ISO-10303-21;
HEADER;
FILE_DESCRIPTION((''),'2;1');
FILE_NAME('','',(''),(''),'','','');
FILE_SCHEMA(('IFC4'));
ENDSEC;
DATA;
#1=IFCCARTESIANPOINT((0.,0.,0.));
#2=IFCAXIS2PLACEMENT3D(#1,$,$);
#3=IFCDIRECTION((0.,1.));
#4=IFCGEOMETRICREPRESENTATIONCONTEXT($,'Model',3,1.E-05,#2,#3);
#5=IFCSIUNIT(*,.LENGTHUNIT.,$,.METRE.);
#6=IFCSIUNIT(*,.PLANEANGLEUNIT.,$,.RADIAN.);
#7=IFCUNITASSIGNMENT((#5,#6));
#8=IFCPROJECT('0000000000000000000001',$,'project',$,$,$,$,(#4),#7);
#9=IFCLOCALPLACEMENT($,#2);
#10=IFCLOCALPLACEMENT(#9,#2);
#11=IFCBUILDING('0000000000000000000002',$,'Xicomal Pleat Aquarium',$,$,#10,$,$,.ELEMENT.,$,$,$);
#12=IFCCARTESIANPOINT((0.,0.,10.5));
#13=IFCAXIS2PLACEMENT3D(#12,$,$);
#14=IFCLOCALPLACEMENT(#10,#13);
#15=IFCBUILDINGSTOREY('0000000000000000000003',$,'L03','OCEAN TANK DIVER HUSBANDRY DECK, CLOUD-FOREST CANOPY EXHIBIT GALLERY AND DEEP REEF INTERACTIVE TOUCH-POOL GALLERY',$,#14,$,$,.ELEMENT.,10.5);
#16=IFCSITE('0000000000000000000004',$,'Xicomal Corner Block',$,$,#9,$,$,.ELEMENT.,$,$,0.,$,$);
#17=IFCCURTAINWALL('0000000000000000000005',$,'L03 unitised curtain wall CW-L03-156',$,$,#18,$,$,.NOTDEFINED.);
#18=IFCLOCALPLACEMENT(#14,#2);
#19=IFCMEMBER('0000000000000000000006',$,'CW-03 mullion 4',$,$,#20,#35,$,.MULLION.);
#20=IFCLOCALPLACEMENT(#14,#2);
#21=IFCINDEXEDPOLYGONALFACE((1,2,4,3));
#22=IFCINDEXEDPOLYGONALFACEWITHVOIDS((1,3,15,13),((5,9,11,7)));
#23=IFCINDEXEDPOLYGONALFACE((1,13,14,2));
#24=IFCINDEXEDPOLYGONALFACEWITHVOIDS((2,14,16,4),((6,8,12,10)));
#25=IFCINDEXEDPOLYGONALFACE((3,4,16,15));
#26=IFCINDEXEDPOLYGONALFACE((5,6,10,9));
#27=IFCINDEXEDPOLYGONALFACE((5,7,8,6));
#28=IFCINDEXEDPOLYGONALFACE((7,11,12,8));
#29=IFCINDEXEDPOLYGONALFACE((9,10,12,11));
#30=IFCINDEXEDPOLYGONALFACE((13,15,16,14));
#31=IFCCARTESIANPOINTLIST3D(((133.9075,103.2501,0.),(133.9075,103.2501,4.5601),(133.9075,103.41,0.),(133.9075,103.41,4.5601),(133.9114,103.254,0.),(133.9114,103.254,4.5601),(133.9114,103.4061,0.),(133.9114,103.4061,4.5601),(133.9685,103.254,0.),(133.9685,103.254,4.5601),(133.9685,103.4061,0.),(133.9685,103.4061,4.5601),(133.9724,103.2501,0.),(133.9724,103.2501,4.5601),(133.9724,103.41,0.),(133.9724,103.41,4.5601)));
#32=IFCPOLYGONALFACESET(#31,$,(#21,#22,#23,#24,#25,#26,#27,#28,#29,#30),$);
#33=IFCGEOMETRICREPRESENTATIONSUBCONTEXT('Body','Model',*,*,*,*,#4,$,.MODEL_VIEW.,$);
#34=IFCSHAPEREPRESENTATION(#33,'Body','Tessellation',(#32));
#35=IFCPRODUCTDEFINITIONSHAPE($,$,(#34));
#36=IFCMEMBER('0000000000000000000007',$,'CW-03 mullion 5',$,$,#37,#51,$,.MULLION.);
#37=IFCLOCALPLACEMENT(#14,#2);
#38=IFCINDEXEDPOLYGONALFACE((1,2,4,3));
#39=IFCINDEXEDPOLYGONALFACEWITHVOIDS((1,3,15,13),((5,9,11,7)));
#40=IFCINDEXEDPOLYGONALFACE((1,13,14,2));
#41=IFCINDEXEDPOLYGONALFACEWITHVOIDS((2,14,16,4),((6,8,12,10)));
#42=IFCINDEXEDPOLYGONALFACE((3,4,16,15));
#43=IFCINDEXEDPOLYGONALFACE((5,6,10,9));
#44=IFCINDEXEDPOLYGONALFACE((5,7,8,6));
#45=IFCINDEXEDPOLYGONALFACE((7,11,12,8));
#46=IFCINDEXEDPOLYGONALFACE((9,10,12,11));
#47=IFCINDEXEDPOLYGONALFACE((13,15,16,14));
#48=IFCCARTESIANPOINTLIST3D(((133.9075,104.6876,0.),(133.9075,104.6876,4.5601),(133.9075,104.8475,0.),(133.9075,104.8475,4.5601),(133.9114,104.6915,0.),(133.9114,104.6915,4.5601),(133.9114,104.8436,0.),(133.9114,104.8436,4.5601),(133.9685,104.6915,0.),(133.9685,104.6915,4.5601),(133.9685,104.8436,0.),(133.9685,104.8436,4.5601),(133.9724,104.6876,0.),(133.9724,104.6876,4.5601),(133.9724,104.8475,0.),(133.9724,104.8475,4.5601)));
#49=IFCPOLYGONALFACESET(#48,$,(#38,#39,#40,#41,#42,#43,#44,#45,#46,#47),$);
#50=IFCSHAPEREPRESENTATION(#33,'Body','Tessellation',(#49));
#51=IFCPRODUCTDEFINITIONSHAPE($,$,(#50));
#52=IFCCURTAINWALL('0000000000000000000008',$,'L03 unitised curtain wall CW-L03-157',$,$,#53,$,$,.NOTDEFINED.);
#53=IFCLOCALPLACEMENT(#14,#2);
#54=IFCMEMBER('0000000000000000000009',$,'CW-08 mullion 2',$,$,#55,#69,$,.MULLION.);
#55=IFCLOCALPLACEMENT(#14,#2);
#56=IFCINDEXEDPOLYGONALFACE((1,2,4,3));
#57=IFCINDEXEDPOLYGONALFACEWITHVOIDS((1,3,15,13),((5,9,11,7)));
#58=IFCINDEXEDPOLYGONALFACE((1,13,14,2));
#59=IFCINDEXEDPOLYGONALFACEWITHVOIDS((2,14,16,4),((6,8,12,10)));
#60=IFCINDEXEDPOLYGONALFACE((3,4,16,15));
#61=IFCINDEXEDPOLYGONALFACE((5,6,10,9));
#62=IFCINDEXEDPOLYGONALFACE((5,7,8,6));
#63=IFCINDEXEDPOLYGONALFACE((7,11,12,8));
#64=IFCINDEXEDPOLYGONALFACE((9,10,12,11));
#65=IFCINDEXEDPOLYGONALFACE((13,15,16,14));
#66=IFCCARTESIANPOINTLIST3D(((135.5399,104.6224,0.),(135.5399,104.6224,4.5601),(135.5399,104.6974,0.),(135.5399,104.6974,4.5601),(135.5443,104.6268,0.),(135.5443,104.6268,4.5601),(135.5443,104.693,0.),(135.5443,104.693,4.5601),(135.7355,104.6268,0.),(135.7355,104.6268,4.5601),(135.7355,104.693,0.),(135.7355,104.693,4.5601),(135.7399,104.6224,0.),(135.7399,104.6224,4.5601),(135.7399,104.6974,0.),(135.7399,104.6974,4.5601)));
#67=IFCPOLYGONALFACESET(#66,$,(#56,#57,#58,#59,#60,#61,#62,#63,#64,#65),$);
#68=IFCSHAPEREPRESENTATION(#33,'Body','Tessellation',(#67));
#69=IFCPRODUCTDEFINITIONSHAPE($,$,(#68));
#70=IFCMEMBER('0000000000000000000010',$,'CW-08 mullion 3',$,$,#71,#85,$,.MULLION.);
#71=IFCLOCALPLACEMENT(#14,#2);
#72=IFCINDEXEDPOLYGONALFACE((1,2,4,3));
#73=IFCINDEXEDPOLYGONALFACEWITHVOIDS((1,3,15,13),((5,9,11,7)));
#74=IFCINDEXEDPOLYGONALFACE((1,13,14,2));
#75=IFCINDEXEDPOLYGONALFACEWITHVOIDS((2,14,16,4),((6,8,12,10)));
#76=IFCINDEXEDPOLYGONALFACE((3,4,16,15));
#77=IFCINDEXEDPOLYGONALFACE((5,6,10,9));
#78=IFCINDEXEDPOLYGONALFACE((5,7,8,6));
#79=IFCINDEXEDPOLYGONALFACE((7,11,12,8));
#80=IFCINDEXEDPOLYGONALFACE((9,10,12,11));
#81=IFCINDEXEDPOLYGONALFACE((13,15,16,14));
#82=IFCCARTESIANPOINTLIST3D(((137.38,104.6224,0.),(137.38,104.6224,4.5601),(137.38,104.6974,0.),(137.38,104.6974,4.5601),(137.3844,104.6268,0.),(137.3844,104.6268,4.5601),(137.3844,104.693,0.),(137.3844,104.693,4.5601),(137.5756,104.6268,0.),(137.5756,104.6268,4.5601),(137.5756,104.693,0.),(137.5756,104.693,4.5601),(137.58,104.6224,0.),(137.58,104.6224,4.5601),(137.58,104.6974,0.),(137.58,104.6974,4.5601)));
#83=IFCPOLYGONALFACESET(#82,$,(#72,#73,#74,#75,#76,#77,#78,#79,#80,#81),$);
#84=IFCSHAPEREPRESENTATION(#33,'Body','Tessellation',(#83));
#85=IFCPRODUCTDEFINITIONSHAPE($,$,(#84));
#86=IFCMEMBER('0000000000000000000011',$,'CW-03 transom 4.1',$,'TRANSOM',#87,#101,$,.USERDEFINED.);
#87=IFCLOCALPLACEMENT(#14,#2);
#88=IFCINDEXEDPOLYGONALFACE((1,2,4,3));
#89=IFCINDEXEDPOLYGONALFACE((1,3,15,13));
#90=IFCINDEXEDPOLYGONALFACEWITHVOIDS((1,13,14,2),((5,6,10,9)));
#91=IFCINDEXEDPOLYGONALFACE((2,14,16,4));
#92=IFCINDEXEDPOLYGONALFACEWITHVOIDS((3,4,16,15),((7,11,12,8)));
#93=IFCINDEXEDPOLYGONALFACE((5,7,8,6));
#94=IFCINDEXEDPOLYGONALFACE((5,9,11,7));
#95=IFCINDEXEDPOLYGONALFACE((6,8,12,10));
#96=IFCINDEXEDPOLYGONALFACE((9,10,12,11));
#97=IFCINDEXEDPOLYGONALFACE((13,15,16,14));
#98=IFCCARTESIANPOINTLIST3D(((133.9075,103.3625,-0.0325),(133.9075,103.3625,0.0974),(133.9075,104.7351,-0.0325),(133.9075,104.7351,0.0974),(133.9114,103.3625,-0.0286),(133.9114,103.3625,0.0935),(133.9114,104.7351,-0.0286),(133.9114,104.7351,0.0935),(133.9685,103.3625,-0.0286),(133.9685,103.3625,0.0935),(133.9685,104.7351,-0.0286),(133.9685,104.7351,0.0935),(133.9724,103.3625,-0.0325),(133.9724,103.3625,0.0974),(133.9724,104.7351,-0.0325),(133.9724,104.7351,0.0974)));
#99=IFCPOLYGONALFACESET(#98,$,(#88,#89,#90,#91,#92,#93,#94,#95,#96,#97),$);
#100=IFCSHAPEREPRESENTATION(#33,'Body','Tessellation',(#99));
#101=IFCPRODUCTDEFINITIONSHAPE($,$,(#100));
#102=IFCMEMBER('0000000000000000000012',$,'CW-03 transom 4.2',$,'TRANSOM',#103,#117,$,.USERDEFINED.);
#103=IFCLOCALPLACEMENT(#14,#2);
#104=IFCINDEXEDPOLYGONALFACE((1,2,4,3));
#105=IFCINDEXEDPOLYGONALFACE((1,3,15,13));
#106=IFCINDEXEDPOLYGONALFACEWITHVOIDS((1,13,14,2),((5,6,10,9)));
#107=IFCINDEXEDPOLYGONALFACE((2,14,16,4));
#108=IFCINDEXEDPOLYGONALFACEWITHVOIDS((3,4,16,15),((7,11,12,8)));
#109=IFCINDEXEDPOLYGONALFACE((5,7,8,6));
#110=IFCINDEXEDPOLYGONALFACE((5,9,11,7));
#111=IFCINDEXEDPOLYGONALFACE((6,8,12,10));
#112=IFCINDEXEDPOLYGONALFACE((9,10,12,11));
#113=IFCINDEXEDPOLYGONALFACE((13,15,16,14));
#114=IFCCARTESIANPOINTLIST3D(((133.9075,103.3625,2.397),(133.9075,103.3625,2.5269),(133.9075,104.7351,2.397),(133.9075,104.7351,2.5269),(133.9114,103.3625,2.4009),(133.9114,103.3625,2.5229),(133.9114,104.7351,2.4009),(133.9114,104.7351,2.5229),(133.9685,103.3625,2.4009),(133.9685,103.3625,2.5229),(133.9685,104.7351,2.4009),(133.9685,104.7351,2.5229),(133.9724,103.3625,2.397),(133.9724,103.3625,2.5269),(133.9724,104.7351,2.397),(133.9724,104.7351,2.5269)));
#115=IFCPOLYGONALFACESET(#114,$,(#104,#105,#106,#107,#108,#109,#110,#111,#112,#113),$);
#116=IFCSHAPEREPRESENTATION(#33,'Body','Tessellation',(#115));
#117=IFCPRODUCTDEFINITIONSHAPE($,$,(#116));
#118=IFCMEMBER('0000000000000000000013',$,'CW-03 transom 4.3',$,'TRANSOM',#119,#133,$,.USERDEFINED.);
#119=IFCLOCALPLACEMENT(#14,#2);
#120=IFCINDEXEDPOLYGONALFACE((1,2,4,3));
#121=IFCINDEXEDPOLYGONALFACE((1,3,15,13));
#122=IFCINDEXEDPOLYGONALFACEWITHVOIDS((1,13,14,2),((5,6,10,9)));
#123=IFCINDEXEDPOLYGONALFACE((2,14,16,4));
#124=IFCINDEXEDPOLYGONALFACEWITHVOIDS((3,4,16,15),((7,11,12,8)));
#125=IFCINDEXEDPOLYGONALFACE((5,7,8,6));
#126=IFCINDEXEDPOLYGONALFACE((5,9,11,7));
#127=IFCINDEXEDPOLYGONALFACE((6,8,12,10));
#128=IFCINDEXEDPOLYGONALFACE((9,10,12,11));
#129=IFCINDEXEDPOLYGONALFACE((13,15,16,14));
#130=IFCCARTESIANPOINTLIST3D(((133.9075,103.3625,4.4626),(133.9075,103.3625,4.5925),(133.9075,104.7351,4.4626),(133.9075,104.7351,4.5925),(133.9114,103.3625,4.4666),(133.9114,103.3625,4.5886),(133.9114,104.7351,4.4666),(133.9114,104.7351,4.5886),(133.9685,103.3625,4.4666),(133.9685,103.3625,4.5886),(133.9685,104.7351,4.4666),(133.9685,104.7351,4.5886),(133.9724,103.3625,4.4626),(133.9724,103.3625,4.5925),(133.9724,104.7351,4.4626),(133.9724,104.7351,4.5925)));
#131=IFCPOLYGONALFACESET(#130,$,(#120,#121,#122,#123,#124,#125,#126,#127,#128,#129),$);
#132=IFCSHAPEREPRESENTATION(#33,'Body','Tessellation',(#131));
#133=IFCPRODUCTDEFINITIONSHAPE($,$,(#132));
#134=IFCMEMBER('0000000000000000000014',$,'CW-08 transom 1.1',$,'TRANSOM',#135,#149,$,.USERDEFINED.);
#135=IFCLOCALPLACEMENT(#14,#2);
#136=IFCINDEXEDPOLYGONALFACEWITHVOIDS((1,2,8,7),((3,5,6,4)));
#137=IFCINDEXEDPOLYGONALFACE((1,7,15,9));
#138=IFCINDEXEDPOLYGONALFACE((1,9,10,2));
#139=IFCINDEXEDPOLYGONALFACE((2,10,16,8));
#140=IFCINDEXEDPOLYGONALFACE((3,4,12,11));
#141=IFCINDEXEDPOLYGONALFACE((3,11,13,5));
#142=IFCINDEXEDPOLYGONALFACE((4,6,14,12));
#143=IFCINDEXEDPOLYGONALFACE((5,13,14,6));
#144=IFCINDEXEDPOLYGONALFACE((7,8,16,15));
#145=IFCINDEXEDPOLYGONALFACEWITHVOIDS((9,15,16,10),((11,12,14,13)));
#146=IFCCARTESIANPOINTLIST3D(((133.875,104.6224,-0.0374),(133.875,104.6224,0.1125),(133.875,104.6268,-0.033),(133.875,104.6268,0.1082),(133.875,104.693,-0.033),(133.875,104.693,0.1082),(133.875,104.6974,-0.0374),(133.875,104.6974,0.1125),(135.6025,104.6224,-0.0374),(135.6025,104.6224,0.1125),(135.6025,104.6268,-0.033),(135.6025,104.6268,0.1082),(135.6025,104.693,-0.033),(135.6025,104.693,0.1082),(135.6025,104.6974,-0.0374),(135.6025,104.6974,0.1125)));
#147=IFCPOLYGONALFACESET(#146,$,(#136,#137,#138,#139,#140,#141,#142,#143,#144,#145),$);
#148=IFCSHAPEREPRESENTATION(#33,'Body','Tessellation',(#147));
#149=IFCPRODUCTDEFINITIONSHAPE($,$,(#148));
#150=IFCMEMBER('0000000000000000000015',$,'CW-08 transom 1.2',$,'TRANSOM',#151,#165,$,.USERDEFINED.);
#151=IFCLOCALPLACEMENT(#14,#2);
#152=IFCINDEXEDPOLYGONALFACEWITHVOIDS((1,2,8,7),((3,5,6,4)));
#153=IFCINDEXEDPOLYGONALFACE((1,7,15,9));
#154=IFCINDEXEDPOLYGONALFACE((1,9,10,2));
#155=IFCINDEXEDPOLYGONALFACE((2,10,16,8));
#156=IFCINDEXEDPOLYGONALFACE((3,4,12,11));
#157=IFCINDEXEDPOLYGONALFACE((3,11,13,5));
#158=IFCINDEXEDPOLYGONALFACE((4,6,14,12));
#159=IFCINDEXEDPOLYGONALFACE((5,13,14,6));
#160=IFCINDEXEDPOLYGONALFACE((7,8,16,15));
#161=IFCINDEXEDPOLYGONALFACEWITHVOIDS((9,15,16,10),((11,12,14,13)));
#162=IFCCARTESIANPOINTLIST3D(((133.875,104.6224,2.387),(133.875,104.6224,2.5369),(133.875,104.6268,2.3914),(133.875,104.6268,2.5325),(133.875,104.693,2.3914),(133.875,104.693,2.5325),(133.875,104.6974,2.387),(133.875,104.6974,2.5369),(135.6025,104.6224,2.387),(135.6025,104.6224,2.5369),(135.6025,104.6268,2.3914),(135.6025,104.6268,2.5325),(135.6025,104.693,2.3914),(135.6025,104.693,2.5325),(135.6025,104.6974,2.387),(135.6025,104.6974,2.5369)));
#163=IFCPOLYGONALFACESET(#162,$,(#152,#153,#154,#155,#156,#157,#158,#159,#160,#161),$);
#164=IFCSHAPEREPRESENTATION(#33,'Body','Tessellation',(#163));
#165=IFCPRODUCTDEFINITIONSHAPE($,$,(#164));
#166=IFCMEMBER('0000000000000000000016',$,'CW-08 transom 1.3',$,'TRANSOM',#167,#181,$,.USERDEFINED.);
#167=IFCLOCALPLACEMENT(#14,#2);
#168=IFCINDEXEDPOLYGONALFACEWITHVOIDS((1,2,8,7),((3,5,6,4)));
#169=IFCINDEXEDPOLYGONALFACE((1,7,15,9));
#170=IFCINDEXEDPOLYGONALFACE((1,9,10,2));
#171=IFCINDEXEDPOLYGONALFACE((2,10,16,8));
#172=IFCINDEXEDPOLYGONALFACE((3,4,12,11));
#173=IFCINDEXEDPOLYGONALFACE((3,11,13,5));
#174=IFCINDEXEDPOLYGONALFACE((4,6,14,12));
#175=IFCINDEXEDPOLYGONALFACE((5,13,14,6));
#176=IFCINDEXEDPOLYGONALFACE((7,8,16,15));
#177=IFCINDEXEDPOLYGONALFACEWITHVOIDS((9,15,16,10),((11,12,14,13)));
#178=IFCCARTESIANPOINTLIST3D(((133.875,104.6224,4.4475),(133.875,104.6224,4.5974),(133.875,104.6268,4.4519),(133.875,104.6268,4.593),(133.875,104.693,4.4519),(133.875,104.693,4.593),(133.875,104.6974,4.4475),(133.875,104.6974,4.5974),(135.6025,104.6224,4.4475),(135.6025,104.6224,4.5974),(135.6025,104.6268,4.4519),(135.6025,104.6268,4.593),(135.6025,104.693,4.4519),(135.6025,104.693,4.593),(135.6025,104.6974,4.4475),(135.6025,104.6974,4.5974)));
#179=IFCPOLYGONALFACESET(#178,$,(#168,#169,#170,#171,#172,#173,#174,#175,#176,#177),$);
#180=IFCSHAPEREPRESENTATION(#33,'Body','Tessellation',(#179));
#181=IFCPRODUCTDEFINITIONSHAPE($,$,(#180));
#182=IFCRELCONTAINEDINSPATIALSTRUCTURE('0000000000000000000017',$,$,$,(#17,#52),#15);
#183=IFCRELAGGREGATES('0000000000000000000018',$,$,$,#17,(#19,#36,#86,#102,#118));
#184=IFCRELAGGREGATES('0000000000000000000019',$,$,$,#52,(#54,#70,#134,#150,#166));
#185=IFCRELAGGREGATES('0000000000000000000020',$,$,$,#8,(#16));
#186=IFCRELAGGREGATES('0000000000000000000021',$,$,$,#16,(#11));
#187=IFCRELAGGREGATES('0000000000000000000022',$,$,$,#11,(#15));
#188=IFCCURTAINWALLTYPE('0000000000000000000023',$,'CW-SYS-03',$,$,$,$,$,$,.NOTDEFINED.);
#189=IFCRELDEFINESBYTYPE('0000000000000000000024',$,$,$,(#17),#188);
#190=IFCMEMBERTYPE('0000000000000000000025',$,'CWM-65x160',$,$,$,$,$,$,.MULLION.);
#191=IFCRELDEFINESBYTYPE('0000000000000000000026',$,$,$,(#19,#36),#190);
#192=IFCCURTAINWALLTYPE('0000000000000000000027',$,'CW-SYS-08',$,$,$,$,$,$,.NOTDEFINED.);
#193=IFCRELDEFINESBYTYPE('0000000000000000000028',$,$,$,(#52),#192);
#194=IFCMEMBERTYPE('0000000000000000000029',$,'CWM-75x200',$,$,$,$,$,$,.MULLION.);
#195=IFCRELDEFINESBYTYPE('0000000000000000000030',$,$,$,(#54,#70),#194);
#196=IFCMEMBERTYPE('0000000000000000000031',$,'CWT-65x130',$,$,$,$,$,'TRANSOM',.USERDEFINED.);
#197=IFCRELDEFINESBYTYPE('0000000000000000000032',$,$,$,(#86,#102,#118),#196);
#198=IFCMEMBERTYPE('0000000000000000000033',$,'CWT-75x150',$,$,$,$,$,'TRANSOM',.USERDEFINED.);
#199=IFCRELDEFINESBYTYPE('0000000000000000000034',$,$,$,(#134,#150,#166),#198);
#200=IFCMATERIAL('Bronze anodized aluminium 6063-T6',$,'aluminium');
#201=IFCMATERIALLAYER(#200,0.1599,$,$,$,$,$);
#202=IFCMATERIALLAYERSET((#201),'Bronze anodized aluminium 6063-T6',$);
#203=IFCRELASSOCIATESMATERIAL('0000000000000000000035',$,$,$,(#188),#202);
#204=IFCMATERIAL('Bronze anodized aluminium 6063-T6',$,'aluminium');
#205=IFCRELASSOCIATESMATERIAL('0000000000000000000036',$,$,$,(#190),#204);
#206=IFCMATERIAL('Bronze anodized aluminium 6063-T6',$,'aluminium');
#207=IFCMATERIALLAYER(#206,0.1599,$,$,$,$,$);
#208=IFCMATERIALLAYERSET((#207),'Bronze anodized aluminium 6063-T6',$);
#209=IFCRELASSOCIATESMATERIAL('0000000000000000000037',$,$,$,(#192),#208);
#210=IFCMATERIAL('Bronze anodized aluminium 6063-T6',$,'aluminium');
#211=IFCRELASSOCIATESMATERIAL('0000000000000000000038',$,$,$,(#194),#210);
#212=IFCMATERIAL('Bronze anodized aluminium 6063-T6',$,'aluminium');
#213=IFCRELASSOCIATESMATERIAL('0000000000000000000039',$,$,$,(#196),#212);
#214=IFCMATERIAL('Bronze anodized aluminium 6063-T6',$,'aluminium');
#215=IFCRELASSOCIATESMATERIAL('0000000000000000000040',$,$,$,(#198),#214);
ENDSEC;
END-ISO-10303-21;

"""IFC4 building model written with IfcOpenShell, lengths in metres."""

from ifc_helpers import new_model, si_unit, direction, frame, origin, origin_2d, place, context, subcontext, project, spatial, hollow_rectangle, extrude, material, layer, layer_set, material_profile, profile_set, type_object, element, aggregate, save


model = new_model("IFC4")

# Units and contexts
model_context = context("Model", 3, precision=1e-05, world=origin(), true_north=direction((0.0, 1.0)))
body_context = subcontext(model_context, "Body", "Model", "MODEL_VIEW")
ifc_project = project(units=[si_unit("LENGTHUNIT", "METRE"), si_unit("PLANEANGLEUNIT", "RADIAN")], contexts=[model_context])

# Site, building, storey
site_placement = place(None, origin())
site = spatial("IfcSite", under=ifc_project, at=site_placement, Name="Xicomal Corner Block", CompositionType="ELEMENT", RefElevation=0.0)
building_placement = place(site_placement, origin())
building = spatial("IfcBuilding", under=site, at=building_placement, Name="Xicomal Pleat Aquarium", CompositionType="ELEMENT")
storey_placement = place(building_placement, frame((0.0, 0.0, 10.5)))
storey = spatial("IfcBuildingStorey", under=building, at=storey_placement, Name="L03", Description="OCEAN TANK DIVER HUSBANDRY DECK, CLOUD-FOREST CANOPY EXHIBIT GALLERY AND DEEP REEF INTERACTIVE TOUCH-POOL GALLERY", CompositionType="ELEMENT", Elevation=10.5)

# Curtain walls, members
ifc_material_1 = material(Name="Bronze anodized aluminium 6063-T6", Category="aluminium")
ifc_layer_1 = layer(ifc_material_1, 0.1599)
ifc_layer_set_1 = layer_set([ifc_layer_1], Name="Bronze anodized aluminium 6063-T6")
curtain_wall_type_1 = type_object("IfcCurtainWallType", Name="CW-SYS-03", PredefinedType="NOTDEFINED", material=ifc_layer_set_1)
curtain_wall_1_placement = place(storey_placement, origin())
curtain_wall_1 = element("IfcCurtainWall", 1, at=curtain_wall_1_placement, inside=storey, type_object=curtain_wall_type_1, Name="L03 unitised curtain wall CW-L03-156", PredefinedType="NOTDEFINED")
ifc_material_2 = material(Name="Bronze anodized aluminium 6063-T6", Category="aluminium")
ifc_material_profile_1 = material_profile(ifc_material_2, hollow_rectangle(XDim=0.0649, YDim=0.1599, WallThickness=0.0039, at=origin_2d()), Name="ALU MULL 65x160")
ifc_profile_set_1 = profile_set([ifc_material_profile_1], Name="Bronze anodized aluminium 6063-T6")
member_type_1 = type_object("IfcMemberType", Name="CWM-65x160", PredefinedType="MULLION", material=ifc_profile_set_1)
member_1_placement = place(storey_placement, frame((133.9399, 103.3301, 0.0), z_axis=(0.0, 0.0, 1.0), x_axis=(-1.0, 0.0, 0.0)))
member_1 = element("IfcMember", 2, at=member_1_placement, type_object=member_type_1, Name="CW-03 mullion 4", PredefinedType="MULLION", context=body_context, shape_type="SweptSolid", body=[
    extrude(hollow_rectangle(XDim=0.0649, YDim=0.1599, WallThickness=0.0039, at=origin_2d()), origin(), (0.0, 0.0, 1.0), 4.5601),
])
member_2_placement = place(storey_placement, frame((133.9399, 104.7676, 0.0), z_axis=(0.0, 0.0, 1.0), x_axis=(-1.0, 0.0, 0.0)))
member_2 = element("IfcMember", 3, at=member_2_placement, type_object=member_type_1, Name="CW-03 mullion 5", PredefinedType="MULLION", context=body_context, shape_type="SweptSolid", body=[
    extrude(hollow_rectangle(XDim=0.0649, YDim=0.1599, WallThickness=0.0039, at=origin_2d()), origin(), (0.0, 0.0, 1.0), 4.5601),
])
ifc_material_3 = material(Name="Bronze anodized aluminium 6063-T6", Category="aluminium")
ifc_layer_2 = layer(ifc_material_3, 0.1599)
ifc_layer_set_2 = layer_set([ifc_layer_2], Name="Bronze anodized aluminium 6063-T6")
curtain_wall_type_2 = type_object("IfcCurtainWallType", Name="CW-SYS-08", PredefinedType="NOTDEFINED", material=ifc_layer_set_2)
curtain_wall_2_placement = place(storey_placement, origin())
curtain_wall_2 = element("IfcCurtainWall", 4, at=curtain_wall_2_placement, inside=storey, type_object=curtain_wall_type_2, Name="L03 unitised curtain wall CW-L03-157", PredefinedType="NOTDEFINED")
ifc_material_4 = material(Name="Bronze anodized aluminium 6063-T6", Category="aluminium")
ifc_material_profile_2 = material_profile(ifc_material_4, hollow_rectangle(XDim=0.075, YDim=0.2, WallThickness=0.0044, at=origin_2d()), Name="ALU MULL 75x200")
ifc_profile_set_2 = profile_set([ifc_material_profile_2], Name="Bronze anodized aluminium 6063-T6")
member_type_2 = type_object("IfcMemberType", Name="CWM-75x200", PredefinedType="MULLION", material=ifc_profile_set_2)
member_3_placement = place(storey_placement, frame((135.6399, 104.6599, 0.0), z_axis=(0.0, 0.0, 1.0), x_axis=(0.0, 1.0, 0.0)))
member_3 = element("IfcMember", 5, at=member_3_placement, type_object=member_type_2, Name="CW-08 mullion 2", PredefinedType="MULLION", context=body_context, shape_type="SweptSolid", body=[
    extrude(hollow_rectangle(XDim=0.075, YDim=0.2, WallThickness=0.0044, at=origin_2d()), origin(), (0.0, 0.0, 1.0), 4.5601),
])
member_4_placement = place(storey_placement, frame((137.48, 104.6599, 0.0), z_axis=(0.0, 0.0, 1.0), x_axis=(0.0, 1.0, 0.0)))
member_4 = element("IfcMember", 6, at=member_4_placement, type_object=member_type_2, Name="CW-08 mullion 3", PredefinedType="MULLION", context=body_context, shape_type="SweptSolid", body=[
    extrude(hollow_rectangle(XDim=0.075, YDim=0.2, WallThickness=0.0044, at=origin_2d()), origin(), (0.0, 0.0, 1.0), 4.5601),
])

# Members
ifc_material_5 = material(Name="Bronze anodized aluminium 6063-T6", Category="aluminium")
ifc_material_profile_3 = material_profile(ifc_material_5, hollow_rectangle(XDim=0.0649, YDim=0.1299, WallThickness=0.0039, at=origin_2d()), Name="ALU TRAN 65x130")
ifc_profile_set_3 = profile_set([ifc_material_profile_3], Name="Bronze anodized aluminium 6063-T6")
member_type_3 = type_object("IfcMemberType", Name="CWT-65x130", ElementType="TRANSOM", PredefinedType="USERDEFINED", material=ifc_profile_set_3)
member_5_placement = place(storey_placement, frame((133.9399, 103.3625, 0.0325), z_axis=(0.0, 1.0, 0.0), x_axis=(-1.0, 0.0, 0.0)))
member_5 = element("IfcMember", 7, at=member_5_placement, type_object=member_type_3, Name="CW-03 transom 4.1", ObjectType="TRANSOM", PredefinedType="USERDEFINED", context=body_context, shape_type="SweptSolid", body=[
    extrude(hollow_rectangle(XDim=0.0649, YDim=0.1299, WallThickness=0.0039, at=origin_2d()), origin(), (0.0, 0.0, 1.0), 1.3726),
])
member_6_placement = place(storey_placement, frame((133.9399, 103.3625, 2.4619), z_axis=(0.0, 1.0, 0.0), x_axis=(-1.0, 0.0, 0.0)))
member_6 = element("IfcMember", 8, at=member_6_placement, type_object=member_type_3, Name="CW-03 transom 4.2", ObjectType="TRANSOM", PredefinedType="USERDEFINED", context=body_context, shape_type="SweptSolid", body=[
    extrude(hollow_rectangle(XDim=0.0649, YDim=0.1299, WallThickness=0.0039, at=origin_2d()), origin(), (0.0, 0.0, 1.0), 1.3726),
])
member_7_placement = place(storey_placement, frame((133.9399, 103.3625, 4.5276), z_axis=(0.0, 1.0, 0.0), x_axis=(-1.0, 0.0, 0.0)))
member_7 = element("IfcMember", 9, at=member_7_placement, type_object=member_type_3, Name="CW-03 transom 4.3", ObjectType="TRANSOM", PredefinedType="USERDEFINED", context=body_context, shape_type="SweptSolid", body=[
    extrude(hollow_rectangle(XDim=0.0649, YDim=0.1299, WallThickness=0.0039, at=origin_2d()), origin(), (0.0, 0.0, 1.0), 1.3726),
])
ifc_material_6 = material(Name="Bronze anodized aluminium 6063-T6", Category="aluminium")
ifc_material_profile_4 = material_profile(ifc_material_6, hollow_rectangle(XDim=0.075, YDim=0.1499, WallThickness=0.0044, at=origin_2d()), Name="ALU TRAN 75x150")
ifc_profile_set_4 = profile_set([ifc_material_profile_4], Name="Bronze anodized aluminium 6063-T6")
member_type_4 = type_object("IfcMemberType", Name="CWT-75x150", ElementType="TRANSOM", PredefinedType="USERDEFINED", material=ifc_profile_set_4)
member_8_placement = place(storey_placement, frame((133.875, 104.6599, 0.0376), z_axis=(1.0, 0.0, 0.0), x_axis=(0.0, 1.0, 0.0)))
member_8 = element("IfcMember", 10, at=member_8_placement, type_object=member_type_4, Name="CW-08 transom 1.1", ObjectType="TRANSOM", PredefinedType="USERDEFINED", context=body_context, shape_type="SweptSolid", body=[
    extrude(hollow_rectangle(XDim=0.075, YDim=0.1499, WallThickness=0.0044, at=origin_2d()), origin(), (0.0, 0.0, 1.0), 1.7275),
])
member_9_placement = place(storey_placement, frame((133.875, 104.6599, 2.4619), z_axis=(1.0, 0.0, 0.0), x_axis=(0.0, 1.0, 0.0)))
member_9 = element("IfcMember", 11, at=member_9_placement, type_object=member_type_4, Name="CW-08 transom 1.2", ObjectType="TRANSOM", PredefinedType="USERDEFINED", context=body_context, shape_type="SweptSolid", body=[
    extrude(hollow_rectangle(XDim=0.075, YDim=0.1499, WallThickness=0.0044, at=origin_2d()), origin(), (0.0, 0.0, 1.0), 1.7275),
])
member_10_placement = place(storey_placement, frame((133.875, 104.6599, 4.5225), z_axis=(1.0, 0.0, 0.0), x_axis=(0.0, 1.0, 0.0)))
member_10 = element("IfcMember", 12, at=member_10_placement, type_object=member_type_4, Name="CW-08 transom 1.3", ObjectType="TRANSOM", PredefinedType="USERDEFINED", context=body_context, shape_type="SweptSolid", body=[
    extrude(hollow_rectangle(XDim=0.075, YDim=0.1499, WallThickness=0.0044, at=origin_2d()), origin(), (0.0, 0.0, 1.0), 1.7275),
])

aggregate(curtain_wall_1, [member_1, member_2, member_5, member_6, member_7])
aggregate(curtain_wall_2, [member_3, member_4, member_8, member_9, member_10])

save(model, "model.ifc")
